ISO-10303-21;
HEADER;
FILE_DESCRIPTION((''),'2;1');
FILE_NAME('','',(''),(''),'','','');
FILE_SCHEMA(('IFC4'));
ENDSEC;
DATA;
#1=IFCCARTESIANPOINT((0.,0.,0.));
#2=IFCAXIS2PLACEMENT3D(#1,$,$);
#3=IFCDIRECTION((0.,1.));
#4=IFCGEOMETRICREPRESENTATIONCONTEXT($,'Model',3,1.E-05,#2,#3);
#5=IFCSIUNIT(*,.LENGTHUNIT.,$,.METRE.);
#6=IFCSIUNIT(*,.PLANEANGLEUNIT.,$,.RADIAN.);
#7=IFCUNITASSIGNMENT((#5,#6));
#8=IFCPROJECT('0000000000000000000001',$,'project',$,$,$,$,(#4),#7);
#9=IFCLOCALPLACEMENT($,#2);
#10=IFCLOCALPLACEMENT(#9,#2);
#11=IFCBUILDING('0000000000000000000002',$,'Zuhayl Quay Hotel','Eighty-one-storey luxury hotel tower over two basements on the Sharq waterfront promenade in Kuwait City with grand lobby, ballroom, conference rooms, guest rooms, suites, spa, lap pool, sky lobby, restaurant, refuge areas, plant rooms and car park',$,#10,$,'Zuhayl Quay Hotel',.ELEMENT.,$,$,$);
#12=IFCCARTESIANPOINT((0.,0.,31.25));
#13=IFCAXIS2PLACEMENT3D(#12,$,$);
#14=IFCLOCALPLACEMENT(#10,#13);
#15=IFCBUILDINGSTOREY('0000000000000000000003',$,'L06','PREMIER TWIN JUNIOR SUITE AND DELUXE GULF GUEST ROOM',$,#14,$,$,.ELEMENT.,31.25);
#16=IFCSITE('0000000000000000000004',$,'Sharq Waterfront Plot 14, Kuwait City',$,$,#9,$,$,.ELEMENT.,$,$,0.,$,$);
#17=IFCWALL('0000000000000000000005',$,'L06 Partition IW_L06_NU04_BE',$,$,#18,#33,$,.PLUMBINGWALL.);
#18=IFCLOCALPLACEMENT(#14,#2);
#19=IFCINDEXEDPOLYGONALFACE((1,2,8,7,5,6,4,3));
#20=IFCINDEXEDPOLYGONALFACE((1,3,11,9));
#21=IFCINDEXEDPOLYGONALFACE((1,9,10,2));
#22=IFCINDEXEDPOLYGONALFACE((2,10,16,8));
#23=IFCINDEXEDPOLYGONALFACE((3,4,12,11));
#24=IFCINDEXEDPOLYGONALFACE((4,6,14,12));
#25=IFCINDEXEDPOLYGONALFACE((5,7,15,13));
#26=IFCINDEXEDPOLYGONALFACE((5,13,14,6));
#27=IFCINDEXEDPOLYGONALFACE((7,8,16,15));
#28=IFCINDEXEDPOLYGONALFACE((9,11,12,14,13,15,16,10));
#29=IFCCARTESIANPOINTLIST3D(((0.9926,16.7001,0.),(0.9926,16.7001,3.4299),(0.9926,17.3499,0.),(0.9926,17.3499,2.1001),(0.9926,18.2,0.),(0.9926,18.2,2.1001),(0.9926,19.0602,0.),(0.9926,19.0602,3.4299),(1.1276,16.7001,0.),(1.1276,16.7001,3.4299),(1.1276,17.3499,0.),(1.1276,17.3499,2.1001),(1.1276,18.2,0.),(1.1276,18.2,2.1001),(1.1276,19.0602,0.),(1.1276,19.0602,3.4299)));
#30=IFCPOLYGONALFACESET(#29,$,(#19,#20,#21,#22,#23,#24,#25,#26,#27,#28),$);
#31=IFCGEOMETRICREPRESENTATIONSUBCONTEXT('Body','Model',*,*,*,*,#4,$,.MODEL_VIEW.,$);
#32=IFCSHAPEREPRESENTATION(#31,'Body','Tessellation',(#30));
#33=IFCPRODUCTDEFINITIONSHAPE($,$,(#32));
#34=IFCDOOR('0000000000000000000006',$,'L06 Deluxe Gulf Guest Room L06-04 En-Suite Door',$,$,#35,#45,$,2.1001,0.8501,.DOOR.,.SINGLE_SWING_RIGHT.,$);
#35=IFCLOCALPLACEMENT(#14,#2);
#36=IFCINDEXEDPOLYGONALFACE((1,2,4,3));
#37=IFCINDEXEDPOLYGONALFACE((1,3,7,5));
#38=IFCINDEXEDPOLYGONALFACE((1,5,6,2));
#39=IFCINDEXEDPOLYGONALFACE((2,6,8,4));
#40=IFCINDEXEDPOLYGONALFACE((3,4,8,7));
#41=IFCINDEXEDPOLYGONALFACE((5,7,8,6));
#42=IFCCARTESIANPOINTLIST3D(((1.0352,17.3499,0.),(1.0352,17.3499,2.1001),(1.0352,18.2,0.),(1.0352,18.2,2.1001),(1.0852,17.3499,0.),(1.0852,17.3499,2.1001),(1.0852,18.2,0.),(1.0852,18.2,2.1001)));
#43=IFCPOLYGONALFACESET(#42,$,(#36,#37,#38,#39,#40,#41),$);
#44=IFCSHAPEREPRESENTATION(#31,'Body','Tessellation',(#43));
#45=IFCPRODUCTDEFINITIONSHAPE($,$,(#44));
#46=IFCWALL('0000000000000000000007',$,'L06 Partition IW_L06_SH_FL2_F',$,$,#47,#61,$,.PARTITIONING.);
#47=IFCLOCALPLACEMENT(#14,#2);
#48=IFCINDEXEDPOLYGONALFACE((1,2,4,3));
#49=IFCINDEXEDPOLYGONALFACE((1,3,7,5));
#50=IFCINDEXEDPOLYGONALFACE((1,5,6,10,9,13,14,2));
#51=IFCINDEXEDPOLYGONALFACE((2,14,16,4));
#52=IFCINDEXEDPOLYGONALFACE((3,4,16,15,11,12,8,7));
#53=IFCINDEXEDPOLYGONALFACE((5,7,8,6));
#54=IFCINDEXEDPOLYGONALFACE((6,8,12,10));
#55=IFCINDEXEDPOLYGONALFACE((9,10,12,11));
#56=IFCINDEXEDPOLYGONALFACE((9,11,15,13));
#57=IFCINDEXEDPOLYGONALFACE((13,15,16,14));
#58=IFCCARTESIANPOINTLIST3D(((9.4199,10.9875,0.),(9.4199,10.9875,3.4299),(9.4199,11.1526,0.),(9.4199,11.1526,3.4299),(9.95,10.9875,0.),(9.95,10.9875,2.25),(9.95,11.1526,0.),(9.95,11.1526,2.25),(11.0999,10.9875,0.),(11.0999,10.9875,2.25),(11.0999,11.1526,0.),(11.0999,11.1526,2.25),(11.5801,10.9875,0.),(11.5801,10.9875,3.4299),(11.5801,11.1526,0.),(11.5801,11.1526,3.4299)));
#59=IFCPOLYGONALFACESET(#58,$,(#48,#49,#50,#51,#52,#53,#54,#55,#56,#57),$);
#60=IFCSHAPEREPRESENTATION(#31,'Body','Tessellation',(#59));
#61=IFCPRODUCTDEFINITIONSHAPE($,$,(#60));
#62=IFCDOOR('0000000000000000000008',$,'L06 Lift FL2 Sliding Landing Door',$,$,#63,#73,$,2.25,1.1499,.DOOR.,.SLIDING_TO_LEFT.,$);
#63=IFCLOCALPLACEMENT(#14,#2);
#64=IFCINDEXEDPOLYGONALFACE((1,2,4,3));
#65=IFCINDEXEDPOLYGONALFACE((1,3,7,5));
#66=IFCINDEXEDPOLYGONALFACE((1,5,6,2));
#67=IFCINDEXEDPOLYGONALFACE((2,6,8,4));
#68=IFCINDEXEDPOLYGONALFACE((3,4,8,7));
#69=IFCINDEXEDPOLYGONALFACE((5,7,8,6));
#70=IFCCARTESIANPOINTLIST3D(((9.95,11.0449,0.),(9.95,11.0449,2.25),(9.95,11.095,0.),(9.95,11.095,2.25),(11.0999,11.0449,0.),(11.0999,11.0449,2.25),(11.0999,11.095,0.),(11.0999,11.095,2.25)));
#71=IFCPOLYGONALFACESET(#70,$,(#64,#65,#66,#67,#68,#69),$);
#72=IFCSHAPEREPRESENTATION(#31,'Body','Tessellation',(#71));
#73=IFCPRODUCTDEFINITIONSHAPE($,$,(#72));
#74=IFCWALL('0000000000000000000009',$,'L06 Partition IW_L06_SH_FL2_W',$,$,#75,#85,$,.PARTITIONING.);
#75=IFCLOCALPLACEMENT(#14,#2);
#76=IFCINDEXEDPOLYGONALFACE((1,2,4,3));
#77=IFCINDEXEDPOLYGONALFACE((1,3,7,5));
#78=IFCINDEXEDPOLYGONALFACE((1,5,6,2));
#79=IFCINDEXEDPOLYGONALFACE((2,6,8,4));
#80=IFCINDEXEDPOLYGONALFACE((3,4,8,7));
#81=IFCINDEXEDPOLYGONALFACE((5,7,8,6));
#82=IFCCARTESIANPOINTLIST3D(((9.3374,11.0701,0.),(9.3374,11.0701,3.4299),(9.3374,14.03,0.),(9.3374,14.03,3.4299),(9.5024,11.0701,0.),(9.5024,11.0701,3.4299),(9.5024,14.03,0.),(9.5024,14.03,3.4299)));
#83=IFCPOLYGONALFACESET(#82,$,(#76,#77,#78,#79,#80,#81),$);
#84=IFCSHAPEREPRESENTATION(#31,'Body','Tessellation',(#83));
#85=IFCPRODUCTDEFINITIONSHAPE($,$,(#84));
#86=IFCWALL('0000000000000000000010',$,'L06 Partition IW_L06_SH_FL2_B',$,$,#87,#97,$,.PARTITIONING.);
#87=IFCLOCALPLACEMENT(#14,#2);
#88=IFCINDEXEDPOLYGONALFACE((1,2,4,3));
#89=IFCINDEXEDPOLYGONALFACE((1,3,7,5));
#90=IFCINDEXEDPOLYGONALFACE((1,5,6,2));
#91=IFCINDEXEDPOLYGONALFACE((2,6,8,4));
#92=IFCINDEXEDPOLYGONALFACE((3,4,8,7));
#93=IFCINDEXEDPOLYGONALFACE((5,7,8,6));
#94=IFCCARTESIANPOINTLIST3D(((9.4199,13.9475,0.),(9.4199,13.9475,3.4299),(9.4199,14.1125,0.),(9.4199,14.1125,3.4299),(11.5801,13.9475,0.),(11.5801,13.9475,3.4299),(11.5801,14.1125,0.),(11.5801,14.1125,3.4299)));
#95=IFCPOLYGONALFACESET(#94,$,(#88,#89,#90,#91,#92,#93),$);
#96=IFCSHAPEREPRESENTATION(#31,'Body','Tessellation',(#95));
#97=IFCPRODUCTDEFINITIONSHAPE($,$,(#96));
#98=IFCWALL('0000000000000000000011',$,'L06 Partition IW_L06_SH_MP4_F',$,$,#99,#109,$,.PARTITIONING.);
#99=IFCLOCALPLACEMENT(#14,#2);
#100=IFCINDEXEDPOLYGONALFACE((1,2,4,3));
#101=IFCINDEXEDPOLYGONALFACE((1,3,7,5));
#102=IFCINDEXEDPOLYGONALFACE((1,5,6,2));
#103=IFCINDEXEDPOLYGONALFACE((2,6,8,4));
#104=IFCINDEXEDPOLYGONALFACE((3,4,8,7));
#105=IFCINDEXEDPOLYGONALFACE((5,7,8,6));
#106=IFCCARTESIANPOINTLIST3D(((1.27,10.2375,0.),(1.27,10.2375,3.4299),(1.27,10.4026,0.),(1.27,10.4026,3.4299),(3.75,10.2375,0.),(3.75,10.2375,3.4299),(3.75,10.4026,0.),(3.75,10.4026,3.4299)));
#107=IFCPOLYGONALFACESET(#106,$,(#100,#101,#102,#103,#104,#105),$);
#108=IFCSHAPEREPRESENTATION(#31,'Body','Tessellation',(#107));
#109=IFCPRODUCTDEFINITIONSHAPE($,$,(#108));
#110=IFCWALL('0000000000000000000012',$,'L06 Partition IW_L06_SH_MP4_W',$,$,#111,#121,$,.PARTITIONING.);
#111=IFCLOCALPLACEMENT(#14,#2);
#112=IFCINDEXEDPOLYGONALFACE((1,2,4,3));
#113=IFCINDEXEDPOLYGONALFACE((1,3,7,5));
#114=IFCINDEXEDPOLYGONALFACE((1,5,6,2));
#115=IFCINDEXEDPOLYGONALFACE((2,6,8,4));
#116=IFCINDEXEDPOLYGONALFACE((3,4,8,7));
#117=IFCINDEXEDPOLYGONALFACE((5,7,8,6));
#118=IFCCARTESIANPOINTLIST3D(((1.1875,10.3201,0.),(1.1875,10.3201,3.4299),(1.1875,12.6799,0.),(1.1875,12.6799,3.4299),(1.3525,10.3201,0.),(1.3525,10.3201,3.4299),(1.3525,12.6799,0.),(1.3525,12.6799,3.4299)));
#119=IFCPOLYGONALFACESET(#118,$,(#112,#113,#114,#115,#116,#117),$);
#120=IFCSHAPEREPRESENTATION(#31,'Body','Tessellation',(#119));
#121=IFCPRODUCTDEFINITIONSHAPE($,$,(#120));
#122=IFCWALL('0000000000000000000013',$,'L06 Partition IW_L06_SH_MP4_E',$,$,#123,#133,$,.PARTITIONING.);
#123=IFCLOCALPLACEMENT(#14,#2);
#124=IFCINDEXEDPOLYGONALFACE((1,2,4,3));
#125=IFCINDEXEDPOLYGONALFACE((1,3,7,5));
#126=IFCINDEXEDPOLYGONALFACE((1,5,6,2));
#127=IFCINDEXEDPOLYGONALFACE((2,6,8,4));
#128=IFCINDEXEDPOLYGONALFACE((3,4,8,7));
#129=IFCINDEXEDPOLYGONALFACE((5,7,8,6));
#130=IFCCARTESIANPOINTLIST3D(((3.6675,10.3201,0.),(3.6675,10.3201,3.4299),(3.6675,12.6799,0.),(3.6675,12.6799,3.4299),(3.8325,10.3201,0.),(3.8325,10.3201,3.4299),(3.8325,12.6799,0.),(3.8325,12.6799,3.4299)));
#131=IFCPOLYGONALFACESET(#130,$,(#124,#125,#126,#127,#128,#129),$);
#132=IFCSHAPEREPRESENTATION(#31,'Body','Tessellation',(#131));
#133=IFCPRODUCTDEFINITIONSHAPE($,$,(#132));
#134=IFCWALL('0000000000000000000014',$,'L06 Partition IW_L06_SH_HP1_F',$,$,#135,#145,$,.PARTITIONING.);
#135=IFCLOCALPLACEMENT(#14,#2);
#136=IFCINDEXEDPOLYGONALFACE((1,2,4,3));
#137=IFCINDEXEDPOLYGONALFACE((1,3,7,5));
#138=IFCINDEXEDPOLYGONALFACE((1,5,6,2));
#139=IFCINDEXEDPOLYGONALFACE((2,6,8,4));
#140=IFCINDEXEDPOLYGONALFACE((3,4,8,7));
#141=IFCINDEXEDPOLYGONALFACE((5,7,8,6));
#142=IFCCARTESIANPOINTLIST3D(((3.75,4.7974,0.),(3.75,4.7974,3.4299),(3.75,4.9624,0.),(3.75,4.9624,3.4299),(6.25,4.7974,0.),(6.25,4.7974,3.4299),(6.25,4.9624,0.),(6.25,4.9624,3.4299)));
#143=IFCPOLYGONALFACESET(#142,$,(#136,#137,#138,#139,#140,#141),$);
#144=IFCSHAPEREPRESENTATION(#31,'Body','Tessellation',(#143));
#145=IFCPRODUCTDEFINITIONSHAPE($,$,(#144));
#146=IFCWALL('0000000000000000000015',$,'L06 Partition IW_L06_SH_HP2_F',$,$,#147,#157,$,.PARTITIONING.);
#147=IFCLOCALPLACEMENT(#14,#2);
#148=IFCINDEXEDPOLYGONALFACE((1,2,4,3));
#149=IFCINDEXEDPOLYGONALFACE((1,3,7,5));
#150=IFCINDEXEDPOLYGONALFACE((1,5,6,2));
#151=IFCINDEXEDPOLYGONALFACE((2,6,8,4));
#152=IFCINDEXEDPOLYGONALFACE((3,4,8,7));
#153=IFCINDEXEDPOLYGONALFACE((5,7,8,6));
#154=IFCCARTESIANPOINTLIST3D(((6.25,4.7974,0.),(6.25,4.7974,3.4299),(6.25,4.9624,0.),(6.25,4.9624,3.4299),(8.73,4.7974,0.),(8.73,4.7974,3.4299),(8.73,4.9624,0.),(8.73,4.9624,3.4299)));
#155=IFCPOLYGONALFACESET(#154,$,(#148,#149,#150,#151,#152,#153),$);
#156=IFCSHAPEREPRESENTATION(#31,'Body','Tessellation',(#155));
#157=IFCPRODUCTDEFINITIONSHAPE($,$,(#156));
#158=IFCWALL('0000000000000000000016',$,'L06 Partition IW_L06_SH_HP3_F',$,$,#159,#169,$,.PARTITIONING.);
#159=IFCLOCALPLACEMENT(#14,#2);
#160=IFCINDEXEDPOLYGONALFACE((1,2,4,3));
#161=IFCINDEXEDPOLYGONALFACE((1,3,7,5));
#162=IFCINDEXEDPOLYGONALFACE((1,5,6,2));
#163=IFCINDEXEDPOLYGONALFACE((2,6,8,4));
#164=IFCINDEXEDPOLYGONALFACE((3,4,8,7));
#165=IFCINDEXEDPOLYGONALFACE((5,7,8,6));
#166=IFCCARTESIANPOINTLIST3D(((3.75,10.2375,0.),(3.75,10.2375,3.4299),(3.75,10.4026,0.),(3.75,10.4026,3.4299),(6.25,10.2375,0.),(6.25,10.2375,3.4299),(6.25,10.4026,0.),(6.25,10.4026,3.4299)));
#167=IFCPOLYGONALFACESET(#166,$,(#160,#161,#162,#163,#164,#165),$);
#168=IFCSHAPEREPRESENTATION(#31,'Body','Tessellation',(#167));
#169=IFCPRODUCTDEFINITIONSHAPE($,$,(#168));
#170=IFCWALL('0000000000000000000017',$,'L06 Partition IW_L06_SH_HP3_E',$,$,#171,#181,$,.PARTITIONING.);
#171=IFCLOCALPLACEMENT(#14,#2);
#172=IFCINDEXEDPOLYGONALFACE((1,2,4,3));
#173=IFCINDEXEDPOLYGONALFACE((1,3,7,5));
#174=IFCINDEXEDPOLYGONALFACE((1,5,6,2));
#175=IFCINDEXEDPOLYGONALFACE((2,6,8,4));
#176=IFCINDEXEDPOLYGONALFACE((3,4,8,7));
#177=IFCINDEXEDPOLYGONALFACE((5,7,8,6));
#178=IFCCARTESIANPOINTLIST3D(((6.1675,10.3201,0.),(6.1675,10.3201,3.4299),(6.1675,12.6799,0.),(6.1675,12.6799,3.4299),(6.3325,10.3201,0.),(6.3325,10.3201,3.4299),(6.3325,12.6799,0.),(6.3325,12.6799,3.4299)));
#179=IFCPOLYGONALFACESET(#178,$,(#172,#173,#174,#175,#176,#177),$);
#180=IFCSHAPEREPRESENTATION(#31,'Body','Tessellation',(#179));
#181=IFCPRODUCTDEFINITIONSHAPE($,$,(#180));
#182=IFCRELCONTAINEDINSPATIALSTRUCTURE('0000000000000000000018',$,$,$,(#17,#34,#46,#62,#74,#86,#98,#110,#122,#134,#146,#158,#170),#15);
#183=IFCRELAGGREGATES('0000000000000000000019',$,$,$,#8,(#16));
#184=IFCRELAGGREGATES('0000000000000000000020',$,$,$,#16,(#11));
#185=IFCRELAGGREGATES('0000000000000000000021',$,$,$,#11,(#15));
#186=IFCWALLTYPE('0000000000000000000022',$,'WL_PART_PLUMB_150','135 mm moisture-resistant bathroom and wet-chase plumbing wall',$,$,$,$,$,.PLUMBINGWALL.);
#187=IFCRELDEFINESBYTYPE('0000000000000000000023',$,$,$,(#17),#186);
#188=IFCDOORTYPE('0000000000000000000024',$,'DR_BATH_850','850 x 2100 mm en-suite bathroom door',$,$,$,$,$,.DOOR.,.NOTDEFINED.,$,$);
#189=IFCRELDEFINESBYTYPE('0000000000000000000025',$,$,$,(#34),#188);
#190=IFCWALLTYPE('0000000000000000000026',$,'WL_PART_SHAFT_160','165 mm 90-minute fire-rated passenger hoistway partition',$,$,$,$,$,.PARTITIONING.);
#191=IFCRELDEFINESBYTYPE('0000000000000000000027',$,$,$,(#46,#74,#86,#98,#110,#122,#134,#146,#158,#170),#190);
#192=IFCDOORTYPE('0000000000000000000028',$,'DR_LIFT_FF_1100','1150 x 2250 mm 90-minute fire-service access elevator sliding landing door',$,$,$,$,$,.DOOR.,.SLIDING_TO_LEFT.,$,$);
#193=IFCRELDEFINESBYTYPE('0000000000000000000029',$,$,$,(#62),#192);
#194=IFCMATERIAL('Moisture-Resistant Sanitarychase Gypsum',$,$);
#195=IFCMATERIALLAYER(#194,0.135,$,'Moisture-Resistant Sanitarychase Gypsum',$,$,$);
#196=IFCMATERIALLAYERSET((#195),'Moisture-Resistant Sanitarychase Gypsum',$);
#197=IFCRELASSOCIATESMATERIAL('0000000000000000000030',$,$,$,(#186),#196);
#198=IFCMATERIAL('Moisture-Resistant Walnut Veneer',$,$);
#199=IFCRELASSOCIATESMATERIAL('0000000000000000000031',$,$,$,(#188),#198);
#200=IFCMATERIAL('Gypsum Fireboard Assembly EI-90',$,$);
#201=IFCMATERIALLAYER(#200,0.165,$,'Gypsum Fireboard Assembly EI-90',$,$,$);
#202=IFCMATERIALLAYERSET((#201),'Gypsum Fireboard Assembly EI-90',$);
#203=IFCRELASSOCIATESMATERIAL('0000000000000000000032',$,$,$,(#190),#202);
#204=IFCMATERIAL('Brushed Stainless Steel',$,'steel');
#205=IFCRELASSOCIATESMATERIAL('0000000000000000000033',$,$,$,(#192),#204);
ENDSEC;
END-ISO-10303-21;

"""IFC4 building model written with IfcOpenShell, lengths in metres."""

from ifc_helpers import new_model, si_unit, direction, frame, frame_2d, origin, place, context, subcontext, project, spatial, rectangle, extrude, material, layer, layer_set, type_object, element, fill, save


model = new_model("IFC4")

# Units and contexts
model_context = context("Model", 3, precision=1e-05, world=origin(), true_north=direction((0.0, 1.0)))
body_context = subcontext(model_context, "Body", "Model", "MODEL_VIEW")
ifc_project = project(units=[si_unit("LENGTHUNIT", "METRE"), si_unit("PLANEANGLEUNIT", "RADIAN")], contexts=[model_context])

# Site, building, storey
site_placement = place(None, origin())
site = spatial("IfcSite", under=ifc_project, at=site_placement, Name="Sharq Waterfront Plot 14, Kuwait City", CompositionType="ELEMENT", RefElevation=0.0)
building_placement = place(site_placement, origin())
building = spatial("IfcBuilding", under=site, at=building_placement, Name="Zuhayl Quay Hotel", Description="Eighty-one-storey luxury hotel tower over two basements on the Sharq waterfront promenade in Kuwait City with grand lobby, ballroom, conference rooms, guest rooms, suites, spa, lap pool, sky lobby, restaurant, refuge areas, plant rooms and car park", LongName="Zuhayl Quay Hotel", CompositionType="ELEMENT")
storey_placement = place(building_placement, frame((0.0, 0.0, 31.25)))
storey = spatial("IfcBuildingStorey", under=building, at=storey_placement, Name="L06", Description="PREMIER TWIN JUNIOR SUITE AND DELUXE GULF GUEST ROOM", CompositionType="ELEMENT", Elevation=31.25)

# Walls, openings, doors
ifc_material_1 = material(Name="Moisture-Resistant Sanitarychase Gypsum")
ifc_layer_1 = layer(ifc_material_1, 0.135, Name="Moisture-Resistant Sanitarychase Gypsum")
ifc_layer_set_1 = layer_set([ifc_layer_1], Name="Moisture-Resistant Sanitarychase Gypsum")
wall_type_1 = type_object("IfcWallType", Name="WL_PART_PLUMB_150", Description="135 mm moisture-resistant bathroom and wet-chase plumbing wall", PredefinedType="PLUMBINGWALL", material=ifc_layer_set_1)
wall_1_placement = place(storey_placement, frame((1.0601, 16.7, 0.0), z_axis=(0.0, 0.0, 1.0), x_axis=(0.0, 1.0, 0.0)))
wall_1 = element("IfcWall", 1, at=wall_1_placement, inside=storey, type_object=wall_type_1, Name="L06 Partition IW_L06_NU04_BE", PredefinedType="PLUMBINGWALL", context=body_context, shape_type="SweptSolid", body=[
    extrude(rectangle(XDim=2.3601, YDim=0.135, at=frame_2d((1.1802, 0.0))), origin(), (0.0, 0.0, 1.0), 3.4299),
])
opening_1_placement = place(wall_1_placement, frame((0.6499, 0.0, 0.0)))
opening_1 = element("IfcOpeningElement", 2, at=opening_1_placement, cuts=wall_1, PredefinedType="OPENING", context=body_context, shape_type="SweptSolid", body=[
    extrude(rectangle(XDim=0.8501, YDim=2.1001, at=frame_2d((0.425, 1.05))), frame((0.0, 0.0774, 0.0), z_axis=(0.0, -1.0, 0.0), x_axis=(1.0, 0.0, 0.0)), (0.0, 0.0, 1.0), 0.155),
])
ifc_material_2 = material(Name="Moisture-Resistant Walnut Veneer")
door_type_1 = type_object("IfcDoorType", Name="DR_BATH_850", Description="850 x 2100 mm en-suite bathroom door", OperationType="NOTDEFINED", PredefinedType="DOOR", material=ifc_material_2)
door_1_placement = place(opening_1_placement, origin())
door_1 = element("IfcDoor", 3, at=door_1_placement, inside=storey, type_object=door_type_1, Name="L06 Deluxe Gulf Guest Room L06-04 En-Suite Door", OperationType="SINGLE_SWING_RIGHT", OverallHeight=2.1001, OverallWidth=0.8501, PredefinedType="DOOR", context=body_context, shape_type="SweptSolid", body=[
    extrude(rectangle(XDim=0.8501, YDim=2.1001, at=frame_2d((0.425, 1.05))), frame((0.0, 0.0249, 0.0), z_axis=(0.0, -1.0, 0.0), x_axis=(1.0, 0.0, 0.0)), (0.0, 0.0, 1.0), 0.05),
])
fill(opening_1, door_1)
ifc_material_3 = material(Name="Gypsum Fireboard Assembly EI-90")
ifc_layer_2 = layer(ifc_material_3, 0.165, Name="Gypsum Fireboard Assembly EI-90")
ifc_layer_set_2 = layer_set([ifc_layer_2], Name="Gypsum Fireboard Assembly EI-90")
wall_type_2 = type_object("IfcWallType", Name="WL_PART_SHAFT_160", Description="165 mm 90-minute fire-rated passenger hoistway partition", PredefinedType="PARTITIONING", material=ifc_layer_set_2)
wall_2_placement = place(storey_placement, frame((9.4199, 11.0701, 0.0), z_axis=(0.0, 0.0, 1.0), x_axis=(1.0, 0.0, 0.0)))
wall_2 = element("IfcWall", 4, at=wall_2_placement, inside=storey, type_object=wall_type_2, Name="L06 Partition IW_L06_SH_FL2_F", PredefinedType="PARTITIONING", context=body_context, shape_type="SweptSolid", body=[
    extrude(rectangle(XDim=2.1602, YDim=0.165, at=frame_2d((1.0801, 0.0))), origin(), (0.0, 0.0, 1.0), 3.4299),
])
opening_2_placement = place(wall_2_placement, frame((0.53, 0.0, 0.0)))
opening_2 = element("IfcOpeningElement", 5, at=opening_2_placement, cuts=wall_2, PredefinedType="OPENING", context=body_context, shape_type="SweptSolid", body=[
    extrude(rectangle(XDim=1.1499, YDim=2.25, at=frame_2d((0.575, 1.125))), frame((0.0, 0.0925, 0.0), z_axis=(0.0, -1.0, 0.0), x_axis=(1.0, 0.0, 0.0)), (0.0, 0.0, 1.0), 0.1851),
])
ifc_material_4 = material(Name="Brushed Stainless Steel", Category="steel")
door_type_2 = type_object("IfcDoorType", Name="DR_LIFT_FF_1100", Description="1150 x 2250 mm 90-minute fire-service access elevator sliding landing door", OperationType="SLIDING_TO_LEFT", PredefinedType="DOOR", material=ifc_material_4)
door_2_placement = place(opening_2_placement, origin())
door_2 = element("IfcDoor", 6, at=door_2_placement, inside=storey, type_object=door_type_2, Name="L06 Lift FL2 Sliding Landing Door", OperationType="SLIDING_TO_LEFT", OverallHeight=2.25, OverallWidth=1.1499, PredefinedType="DOOR", context=body_context, shape_type="SweptSolid", body=[
    extrude(rectangle(XDim=1.1499, YDim=2.25, at=frame_2d((0.575, 1.125))), frame((0.0, 0.0249, 0.0), z_axis=(0.0, -1.0, 0.0), x_axis=(1.0, 0.0, 0.0)), (0.0, 0.0, 1.0), 0.05),
])
fill(opening_2, door_2)

# Walls
wall_3_placement = place(storey_placement, frame((9.4199, 11.0701, 0.0), z_axis=(0.0, 0.0, 1.0), x_axis=(0.0, 1.0, 0.0)))
element("IfcWall", 7, at=wall_3_placement, inside=storey, type_object=wall_type_2, Name="L06 Partition IW_L06_SH_FL2_W", PredefinedType="PARTITIONING", context=body_context, shape_type="SweptSolid", body=[
    extrude(rectangle(XDim=2.96, YDim=0.165, at=frame_2d((1.48, 0.0))), origin(), (0.0, 0.0, 1.0), 3.4299),
])
wall_4_placement = place(storey_placement, frame((9.4199, 14.03, 0.0), z_axis=(0.0, 0.0, 1.0), x_axis=(1.0, 0.0, 0.0)))
element("IfcWall", 8, at=wall_4_placement, inside=storey, type_object=wall_type_2, Name="L06 Partition IW_L06_SH_FL2_B", PredefinedType="PARTITIONING", context=body_context, shape_type="SweptSolid", body=[
    extrude(rectangle(XDim=2.1602, YDim=0.165, at=frame_2d((1.0801, 0.0))), origin(), (0.0, 0.0, 1.0), 3.4299),
])
wall_5_placement = place(storey_placement, frame((1.27, 10.3201, 0.0), z_axis=(0.0, 0.0, 1.0), x_axis=(1.0, 0.0, 0.0)))
element("IfcWall", 9, at=wall_5_placement, inside=storey, type_object=wall_type_2, Name="L06 Partition IW_L06_SH_MP4_F", PredefinedType="PARTITIONING", context=body_context, shape_type="SweptSolid", body=[
    extrude(rectangle(XDim=2.48, YDim=0.165, at=frame_2d((1.24, 0.0))), origin(), (0.0, 0.0, 1.0), 3.4299),
])
for number, where, z_axis, x_axis, name in (
    (10, (1.27, 10.3201, 0.0), (0.0, 0.0, 1.0), (0.0, 1.0, 0.0), "L06 Partition IW_L06_SH_MP4_W"),
    (11, (3.75, 10.3201, 0.0), (0.0, 0.0, 1.0), (0.0, 1.0, 0.0), "L06 Partition IW_L06_SH_MP4_E"),
):
    element("IfcWall", number, at=place(storey_placement, frame(where, z_axis=z_axis, x_axis=x_axis)), inside=storey, type_object=wall_type_2, Name=name, PredefinedType="PARTITIONING", context=body_context, shape_type="SweptSolid", body=[
        extrude(rectangle(XDim=2.3599, YDim=0.165, at=frame_2d((1.1799, 0.0))), origin(), (0.0, 0.0, 1.0), 3.4299),
    ])
wall_6_placement = place(storey_placement, frame((3.75, 4.8799, 0.0), z_axis=(0.0, 0.0, 1.0), x_axis=(1.0, 0.0, 0.0)))
element("IfcWall", 12, at=wall_6_placement, inside=storey, type_object=wall_type_2, Name="L06 Partition IW_L06_SH_HP1_F", PredefinedType="PARTITIONING", context=body_context, shape_type="SweptSolid", body=[
    extrude(rectangle(XDim=2.5, YDim=0.165, at=frame_2d((1.25, 0.0))), origin(), (0.0, 0.0, 1.0), 3.4299),
])
wall_7_placement = place(storey_placement, frame((6.25, 4.8799, 0.0), z_axis=(0.0, 0.0, 1.0), x_axis=(1.0, 0.0, 0.0)))
element("IfcWall", 13, at=wall_7_placement, inside=storey, type_object=wall_type_2, Name="L06 Partition IW_L06_SH_HP2_F", PredefinedType="PARTITIONING", context=body_context, shape_type="SweptSolid", body=[
    extrude(rectangle(XDim=2.48, YDim=0.165, at=frame_2d((1.24, 0.0))), origin(), (0.0, 0.0, 1.0), 3.4299),
])
wall_8_placement = place(storey_placement, frame((3.75, 10.3201, 0.0), z_axis=(0.0, 0.0, 1.0), x_axis=(1.0, 0.0, 0.0)))
element("IfcWall", 14, at=wall_8_placement, inside=storey, type_object=wall_type_2, Name="L06 Partition IW_L06_SH_HP3_F", PredefinedType="PARTITIONING", context=body_context, shape_type="SweptSolid", body=[
    extrude(rectangle(XDim=2.5, YDim=0.165, at=frame_2d((1.25, 0.0))), origin(), (0.0, 0.0, 1.0), 3.4299),
])
wall_9_placement = place(storey_placement, frame((6.25, 10.3201, 0.0), z_axis=(0.0, 0.0, 1.0), x_axis=(0.0, 1.0, 0.0)))
element("IfcWall", 15, at=wall_9_placement, inside=storey, type_object=wall_type_2, Name="L06 Partition IW_L06_SH_HP3_E", PredefinedType="PARTITIONING", context=body_context, shape_type="SweptSolid", body=[
    extrude(rectangle(XDim=2.3599, YDim=0.165, at=frame_2d((1.1799, 0.0))), origin(), (0.0, 0.0, 1.0), 3.4299),
])

save(model, "model.ifc")
